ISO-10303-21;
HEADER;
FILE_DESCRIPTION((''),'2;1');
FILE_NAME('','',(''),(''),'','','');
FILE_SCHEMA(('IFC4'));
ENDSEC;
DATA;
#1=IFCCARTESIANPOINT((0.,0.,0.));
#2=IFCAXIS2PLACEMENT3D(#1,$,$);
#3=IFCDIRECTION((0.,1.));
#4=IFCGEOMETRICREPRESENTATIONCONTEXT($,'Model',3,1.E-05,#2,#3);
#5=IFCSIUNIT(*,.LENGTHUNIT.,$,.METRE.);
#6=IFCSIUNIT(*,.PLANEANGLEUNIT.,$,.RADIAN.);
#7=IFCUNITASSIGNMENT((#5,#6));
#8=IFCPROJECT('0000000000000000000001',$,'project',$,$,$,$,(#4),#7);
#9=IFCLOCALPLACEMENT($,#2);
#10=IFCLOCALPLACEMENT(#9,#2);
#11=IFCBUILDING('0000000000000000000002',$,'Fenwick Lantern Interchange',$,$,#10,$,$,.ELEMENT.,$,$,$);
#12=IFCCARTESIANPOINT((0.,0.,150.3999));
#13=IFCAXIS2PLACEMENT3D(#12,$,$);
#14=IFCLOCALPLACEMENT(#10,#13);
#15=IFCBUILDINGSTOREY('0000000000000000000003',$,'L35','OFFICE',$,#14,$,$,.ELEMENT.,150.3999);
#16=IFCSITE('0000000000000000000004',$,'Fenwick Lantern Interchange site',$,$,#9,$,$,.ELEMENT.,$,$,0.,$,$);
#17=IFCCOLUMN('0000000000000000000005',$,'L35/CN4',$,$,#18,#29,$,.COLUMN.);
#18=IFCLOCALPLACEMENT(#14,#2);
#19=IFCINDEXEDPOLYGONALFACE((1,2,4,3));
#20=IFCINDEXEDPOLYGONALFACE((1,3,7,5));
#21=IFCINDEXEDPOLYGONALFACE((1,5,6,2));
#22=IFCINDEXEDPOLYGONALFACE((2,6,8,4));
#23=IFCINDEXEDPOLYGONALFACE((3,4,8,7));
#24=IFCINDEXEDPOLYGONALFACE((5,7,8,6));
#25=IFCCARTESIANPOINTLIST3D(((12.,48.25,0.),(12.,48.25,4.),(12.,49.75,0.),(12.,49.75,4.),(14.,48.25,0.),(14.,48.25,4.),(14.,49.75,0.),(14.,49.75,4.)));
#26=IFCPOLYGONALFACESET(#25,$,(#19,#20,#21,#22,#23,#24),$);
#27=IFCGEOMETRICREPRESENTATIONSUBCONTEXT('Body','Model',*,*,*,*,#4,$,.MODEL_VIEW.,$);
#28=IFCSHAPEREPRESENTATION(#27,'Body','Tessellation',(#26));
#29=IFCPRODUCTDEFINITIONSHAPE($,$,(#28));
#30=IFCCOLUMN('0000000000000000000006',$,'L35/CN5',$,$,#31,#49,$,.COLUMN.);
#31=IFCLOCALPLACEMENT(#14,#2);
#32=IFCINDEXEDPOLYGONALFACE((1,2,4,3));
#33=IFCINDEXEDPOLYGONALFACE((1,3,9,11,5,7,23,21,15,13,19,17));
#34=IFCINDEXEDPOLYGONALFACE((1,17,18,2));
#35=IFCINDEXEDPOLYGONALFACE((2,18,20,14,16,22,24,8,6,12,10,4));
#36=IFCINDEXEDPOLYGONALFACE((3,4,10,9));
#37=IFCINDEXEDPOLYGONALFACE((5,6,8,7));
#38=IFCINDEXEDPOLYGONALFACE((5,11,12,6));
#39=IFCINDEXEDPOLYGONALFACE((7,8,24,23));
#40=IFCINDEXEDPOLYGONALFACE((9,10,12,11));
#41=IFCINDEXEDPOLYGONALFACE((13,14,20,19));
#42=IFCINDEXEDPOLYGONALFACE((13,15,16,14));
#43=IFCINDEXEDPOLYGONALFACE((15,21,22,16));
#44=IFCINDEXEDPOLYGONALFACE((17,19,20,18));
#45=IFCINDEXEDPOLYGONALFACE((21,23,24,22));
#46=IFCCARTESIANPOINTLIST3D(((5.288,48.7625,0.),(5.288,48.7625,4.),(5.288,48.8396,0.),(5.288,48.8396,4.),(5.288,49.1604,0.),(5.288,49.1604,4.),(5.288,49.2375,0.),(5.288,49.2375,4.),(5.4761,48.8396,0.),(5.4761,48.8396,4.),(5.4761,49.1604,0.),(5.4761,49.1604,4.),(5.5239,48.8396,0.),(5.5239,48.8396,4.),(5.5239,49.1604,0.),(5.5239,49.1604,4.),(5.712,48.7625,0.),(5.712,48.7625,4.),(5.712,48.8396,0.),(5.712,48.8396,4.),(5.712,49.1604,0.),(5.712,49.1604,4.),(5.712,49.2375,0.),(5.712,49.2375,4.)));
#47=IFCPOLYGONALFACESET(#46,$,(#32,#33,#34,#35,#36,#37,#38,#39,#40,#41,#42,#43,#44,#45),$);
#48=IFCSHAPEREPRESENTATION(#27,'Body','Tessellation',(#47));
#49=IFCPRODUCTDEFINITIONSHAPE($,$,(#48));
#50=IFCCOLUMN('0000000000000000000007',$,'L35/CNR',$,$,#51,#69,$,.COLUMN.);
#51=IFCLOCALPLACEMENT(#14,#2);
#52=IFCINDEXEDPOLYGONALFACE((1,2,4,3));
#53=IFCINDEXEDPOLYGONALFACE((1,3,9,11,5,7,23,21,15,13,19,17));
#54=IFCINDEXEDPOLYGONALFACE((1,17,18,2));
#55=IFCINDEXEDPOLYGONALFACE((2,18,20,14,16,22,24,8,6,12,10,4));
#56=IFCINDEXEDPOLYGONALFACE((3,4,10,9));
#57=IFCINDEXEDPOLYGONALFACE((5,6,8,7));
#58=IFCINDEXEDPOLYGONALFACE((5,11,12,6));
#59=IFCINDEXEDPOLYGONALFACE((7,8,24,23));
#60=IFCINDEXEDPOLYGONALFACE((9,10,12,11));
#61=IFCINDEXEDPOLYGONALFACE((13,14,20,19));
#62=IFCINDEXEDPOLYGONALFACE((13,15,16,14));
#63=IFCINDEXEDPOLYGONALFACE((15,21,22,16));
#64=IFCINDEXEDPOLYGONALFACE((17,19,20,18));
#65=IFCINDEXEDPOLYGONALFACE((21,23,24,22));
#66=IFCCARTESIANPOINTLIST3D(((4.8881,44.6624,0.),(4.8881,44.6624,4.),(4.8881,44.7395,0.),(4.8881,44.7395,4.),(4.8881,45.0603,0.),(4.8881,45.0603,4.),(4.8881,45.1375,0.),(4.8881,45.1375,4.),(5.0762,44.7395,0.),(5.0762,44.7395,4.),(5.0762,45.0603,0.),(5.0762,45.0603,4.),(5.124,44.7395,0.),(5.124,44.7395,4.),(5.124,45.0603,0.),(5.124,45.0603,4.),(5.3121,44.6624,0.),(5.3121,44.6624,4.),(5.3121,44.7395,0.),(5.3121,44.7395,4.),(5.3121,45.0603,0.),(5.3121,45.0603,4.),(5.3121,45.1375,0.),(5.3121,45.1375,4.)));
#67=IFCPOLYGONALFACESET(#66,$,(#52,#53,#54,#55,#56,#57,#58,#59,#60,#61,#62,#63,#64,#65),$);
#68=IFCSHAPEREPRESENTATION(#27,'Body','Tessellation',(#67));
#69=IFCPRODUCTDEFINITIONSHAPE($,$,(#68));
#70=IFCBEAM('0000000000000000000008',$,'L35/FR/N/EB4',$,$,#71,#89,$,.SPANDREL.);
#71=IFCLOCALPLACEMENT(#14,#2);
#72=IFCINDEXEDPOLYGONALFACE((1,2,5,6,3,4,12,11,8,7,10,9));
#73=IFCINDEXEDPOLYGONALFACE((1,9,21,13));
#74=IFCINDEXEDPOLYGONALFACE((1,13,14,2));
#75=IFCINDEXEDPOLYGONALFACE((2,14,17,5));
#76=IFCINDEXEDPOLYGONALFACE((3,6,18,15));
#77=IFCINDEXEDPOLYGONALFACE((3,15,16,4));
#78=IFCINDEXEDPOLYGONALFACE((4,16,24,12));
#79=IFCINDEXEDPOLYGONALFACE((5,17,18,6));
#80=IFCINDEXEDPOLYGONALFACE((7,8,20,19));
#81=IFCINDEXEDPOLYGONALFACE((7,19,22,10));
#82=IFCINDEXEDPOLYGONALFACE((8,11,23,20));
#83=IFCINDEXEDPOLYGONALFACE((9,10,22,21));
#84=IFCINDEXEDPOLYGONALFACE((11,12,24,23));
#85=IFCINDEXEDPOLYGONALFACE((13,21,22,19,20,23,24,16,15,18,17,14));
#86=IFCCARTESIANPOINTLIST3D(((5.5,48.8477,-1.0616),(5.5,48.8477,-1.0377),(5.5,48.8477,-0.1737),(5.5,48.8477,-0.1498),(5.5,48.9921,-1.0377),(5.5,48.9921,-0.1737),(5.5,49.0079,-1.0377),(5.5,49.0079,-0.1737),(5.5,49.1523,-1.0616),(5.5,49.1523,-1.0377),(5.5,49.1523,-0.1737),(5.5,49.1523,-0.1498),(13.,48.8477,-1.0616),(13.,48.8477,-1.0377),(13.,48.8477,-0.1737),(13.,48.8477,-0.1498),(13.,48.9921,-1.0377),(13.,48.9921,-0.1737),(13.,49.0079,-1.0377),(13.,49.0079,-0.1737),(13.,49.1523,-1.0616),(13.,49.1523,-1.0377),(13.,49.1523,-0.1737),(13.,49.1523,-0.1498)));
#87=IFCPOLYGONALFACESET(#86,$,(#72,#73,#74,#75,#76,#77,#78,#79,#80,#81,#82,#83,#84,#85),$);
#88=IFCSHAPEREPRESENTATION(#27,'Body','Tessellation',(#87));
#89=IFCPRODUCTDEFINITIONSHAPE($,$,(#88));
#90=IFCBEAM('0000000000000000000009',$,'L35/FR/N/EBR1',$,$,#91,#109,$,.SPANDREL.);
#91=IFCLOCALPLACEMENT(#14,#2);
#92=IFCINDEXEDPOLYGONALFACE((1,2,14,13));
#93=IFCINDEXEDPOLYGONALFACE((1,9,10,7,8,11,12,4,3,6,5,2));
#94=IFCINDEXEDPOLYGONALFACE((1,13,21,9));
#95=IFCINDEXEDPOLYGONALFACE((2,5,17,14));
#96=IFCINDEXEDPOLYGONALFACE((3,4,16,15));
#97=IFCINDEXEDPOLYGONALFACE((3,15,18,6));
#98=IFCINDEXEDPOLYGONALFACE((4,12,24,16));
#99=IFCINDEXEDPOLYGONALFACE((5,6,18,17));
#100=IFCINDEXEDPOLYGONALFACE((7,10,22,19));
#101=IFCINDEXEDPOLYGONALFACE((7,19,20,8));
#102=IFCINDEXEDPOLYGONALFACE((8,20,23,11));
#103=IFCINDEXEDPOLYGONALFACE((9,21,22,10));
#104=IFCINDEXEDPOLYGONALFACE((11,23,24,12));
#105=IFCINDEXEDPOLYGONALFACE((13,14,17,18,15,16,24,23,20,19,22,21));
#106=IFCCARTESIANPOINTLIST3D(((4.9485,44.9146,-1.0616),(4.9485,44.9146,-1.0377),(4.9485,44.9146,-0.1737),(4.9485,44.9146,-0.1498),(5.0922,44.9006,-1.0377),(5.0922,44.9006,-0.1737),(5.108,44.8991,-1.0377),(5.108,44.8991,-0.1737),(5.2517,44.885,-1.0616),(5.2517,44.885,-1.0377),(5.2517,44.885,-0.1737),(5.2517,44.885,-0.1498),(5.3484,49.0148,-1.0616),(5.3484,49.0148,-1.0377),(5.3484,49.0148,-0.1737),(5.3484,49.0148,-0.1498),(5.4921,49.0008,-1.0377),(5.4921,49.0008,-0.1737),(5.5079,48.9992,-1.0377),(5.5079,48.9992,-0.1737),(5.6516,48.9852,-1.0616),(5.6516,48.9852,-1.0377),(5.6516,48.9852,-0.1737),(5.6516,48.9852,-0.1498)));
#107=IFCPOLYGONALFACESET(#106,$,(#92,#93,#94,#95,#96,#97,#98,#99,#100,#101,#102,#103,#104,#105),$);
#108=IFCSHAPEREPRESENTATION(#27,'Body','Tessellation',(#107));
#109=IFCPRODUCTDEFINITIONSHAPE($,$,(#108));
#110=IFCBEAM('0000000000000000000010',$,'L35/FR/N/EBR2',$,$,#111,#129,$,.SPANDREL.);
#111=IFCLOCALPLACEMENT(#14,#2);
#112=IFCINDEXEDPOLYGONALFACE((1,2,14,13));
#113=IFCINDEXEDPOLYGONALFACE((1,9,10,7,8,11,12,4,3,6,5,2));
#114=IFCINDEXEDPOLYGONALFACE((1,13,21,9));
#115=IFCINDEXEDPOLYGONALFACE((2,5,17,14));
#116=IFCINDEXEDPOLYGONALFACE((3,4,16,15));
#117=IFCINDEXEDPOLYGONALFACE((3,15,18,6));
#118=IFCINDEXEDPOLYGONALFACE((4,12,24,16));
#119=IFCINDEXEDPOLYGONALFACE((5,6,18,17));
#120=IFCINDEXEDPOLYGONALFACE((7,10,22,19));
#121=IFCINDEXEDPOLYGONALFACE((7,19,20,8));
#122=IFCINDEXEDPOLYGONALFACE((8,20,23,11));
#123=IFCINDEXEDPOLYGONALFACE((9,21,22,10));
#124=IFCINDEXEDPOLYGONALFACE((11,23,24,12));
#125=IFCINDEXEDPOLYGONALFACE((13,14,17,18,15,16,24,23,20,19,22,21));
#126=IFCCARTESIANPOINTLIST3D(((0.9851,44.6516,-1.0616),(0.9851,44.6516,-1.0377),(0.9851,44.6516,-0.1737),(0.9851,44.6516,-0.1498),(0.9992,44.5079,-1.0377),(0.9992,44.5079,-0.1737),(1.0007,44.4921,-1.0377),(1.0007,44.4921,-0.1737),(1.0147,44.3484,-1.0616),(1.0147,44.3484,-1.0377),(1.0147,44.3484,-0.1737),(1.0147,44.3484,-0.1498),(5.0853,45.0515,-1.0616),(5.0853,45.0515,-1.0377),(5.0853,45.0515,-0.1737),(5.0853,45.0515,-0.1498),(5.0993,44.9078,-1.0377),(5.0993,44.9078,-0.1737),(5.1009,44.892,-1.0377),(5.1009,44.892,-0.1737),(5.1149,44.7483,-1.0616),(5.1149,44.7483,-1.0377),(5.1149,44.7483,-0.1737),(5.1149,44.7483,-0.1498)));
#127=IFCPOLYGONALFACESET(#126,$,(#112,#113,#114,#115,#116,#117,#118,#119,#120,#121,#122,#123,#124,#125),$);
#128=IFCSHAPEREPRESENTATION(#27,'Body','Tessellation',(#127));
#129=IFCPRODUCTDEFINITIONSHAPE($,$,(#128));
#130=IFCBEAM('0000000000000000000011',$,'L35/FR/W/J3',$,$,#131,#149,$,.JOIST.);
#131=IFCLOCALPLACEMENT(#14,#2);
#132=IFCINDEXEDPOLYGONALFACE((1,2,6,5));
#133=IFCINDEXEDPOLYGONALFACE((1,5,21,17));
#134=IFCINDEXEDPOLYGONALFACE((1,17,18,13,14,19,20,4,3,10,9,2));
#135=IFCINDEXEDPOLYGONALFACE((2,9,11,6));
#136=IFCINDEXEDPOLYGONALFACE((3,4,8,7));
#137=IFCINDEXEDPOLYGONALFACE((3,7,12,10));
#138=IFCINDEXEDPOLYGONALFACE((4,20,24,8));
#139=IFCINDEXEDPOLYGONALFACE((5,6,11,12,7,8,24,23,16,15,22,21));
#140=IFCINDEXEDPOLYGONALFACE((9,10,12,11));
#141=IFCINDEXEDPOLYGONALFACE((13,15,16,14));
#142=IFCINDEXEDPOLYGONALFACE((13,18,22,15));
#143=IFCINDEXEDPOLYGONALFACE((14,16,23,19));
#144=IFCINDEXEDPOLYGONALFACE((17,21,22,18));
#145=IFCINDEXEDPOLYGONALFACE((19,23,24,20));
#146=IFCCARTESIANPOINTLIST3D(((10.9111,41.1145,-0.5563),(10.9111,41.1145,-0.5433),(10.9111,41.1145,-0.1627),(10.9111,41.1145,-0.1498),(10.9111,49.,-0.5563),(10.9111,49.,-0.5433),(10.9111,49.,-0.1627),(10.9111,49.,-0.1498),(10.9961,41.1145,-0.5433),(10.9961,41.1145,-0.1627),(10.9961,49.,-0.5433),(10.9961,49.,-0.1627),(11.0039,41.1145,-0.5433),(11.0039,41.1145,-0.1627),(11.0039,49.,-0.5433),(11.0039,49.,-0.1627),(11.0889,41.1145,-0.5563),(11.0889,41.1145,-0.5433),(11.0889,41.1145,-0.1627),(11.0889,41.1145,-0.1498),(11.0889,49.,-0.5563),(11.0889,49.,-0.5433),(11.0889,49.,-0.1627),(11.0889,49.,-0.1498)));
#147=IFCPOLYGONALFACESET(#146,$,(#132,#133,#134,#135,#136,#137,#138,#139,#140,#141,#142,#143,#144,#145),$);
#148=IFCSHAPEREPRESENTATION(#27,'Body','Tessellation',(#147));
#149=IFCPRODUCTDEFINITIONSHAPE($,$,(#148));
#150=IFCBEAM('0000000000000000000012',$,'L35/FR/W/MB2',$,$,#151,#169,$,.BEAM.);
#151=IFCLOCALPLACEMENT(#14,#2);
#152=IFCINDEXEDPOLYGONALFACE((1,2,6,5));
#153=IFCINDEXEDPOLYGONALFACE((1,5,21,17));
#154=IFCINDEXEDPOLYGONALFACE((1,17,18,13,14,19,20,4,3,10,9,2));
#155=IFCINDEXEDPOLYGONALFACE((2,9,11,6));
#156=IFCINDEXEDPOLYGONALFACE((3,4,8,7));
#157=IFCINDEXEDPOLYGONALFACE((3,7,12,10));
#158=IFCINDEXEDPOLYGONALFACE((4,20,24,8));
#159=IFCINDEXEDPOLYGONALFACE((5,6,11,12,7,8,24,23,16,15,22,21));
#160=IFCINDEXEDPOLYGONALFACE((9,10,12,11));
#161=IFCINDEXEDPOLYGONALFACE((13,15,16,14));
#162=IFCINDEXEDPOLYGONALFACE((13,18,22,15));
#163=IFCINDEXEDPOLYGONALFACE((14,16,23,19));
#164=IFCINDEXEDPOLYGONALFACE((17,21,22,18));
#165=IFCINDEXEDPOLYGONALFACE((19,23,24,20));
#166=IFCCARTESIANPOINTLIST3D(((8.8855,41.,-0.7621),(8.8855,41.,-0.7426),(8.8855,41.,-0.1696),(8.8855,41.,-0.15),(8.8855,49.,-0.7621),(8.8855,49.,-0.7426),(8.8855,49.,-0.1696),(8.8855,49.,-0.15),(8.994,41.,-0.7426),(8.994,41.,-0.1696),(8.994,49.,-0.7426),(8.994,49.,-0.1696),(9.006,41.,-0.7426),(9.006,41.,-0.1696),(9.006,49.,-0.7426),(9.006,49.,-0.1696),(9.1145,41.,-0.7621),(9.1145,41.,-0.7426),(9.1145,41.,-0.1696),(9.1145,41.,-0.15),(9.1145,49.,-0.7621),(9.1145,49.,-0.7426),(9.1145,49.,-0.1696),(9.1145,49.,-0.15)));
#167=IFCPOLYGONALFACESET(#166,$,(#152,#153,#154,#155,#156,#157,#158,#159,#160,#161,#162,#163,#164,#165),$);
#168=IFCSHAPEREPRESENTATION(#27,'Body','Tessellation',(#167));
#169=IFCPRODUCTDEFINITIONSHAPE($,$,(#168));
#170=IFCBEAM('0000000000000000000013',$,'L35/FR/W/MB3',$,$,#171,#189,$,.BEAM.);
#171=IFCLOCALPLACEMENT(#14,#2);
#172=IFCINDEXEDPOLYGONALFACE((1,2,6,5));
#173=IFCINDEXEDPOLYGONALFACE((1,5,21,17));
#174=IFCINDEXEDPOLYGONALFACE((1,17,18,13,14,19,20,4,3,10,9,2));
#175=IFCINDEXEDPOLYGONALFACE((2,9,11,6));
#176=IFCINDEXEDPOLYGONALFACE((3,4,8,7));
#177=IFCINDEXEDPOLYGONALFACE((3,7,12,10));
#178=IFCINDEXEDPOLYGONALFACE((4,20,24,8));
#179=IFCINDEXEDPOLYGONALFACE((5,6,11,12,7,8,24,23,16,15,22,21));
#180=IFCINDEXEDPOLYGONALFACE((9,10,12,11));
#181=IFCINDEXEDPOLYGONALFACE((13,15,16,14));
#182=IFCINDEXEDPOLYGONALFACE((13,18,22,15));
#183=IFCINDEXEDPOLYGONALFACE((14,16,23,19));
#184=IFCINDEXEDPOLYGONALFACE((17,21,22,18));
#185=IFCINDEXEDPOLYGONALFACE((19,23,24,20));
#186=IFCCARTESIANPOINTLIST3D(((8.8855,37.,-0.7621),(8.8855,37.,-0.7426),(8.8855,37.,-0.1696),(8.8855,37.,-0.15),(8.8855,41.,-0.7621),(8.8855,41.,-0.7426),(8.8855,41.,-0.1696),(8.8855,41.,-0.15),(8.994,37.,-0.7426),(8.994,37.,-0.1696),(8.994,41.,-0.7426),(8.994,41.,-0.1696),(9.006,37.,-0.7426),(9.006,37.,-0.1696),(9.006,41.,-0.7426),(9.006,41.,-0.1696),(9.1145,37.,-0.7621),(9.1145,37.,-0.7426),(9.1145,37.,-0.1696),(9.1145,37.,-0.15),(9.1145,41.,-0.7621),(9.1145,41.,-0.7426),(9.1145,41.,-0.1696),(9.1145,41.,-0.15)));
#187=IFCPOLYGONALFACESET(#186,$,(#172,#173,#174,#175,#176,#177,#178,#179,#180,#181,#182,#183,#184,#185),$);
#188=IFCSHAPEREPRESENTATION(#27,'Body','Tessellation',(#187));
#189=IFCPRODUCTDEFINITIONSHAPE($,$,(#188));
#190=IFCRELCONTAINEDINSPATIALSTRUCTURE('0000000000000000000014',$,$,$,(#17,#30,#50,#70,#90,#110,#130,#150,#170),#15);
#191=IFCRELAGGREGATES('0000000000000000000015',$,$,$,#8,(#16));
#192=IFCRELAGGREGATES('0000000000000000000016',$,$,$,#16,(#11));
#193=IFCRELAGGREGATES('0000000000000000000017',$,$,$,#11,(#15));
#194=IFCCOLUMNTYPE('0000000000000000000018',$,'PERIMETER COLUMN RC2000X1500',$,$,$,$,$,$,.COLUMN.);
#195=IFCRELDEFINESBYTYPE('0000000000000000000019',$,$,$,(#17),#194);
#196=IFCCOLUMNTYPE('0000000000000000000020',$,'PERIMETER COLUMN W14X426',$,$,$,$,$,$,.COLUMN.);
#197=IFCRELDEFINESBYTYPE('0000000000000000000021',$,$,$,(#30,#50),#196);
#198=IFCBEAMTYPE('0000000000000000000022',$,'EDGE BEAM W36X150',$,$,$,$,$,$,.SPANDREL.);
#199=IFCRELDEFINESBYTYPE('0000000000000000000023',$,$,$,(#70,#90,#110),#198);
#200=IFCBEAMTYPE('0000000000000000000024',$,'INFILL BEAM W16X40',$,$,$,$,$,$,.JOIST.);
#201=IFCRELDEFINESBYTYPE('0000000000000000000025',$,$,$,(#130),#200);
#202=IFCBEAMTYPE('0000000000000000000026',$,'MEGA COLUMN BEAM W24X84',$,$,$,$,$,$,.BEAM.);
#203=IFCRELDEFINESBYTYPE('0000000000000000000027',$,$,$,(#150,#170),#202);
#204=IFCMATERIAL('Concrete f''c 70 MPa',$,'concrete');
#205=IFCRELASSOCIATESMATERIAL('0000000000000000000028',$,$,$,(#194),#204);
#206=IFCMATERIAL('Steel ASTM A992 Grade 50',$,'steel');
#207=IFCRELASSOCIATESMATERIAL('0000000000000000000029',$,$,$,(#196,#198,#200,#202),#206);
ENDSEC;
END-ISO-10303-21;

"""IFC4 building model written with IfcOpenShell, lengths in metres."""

from ifc_helpers import new_model, si_unit, direction, frame, origin, origin_2d, place, context, subcontext, project, spatial, rectangle, i_section, extrude, material, material_profile, profile_set, type_object, element, save


model = new_model("IFC4")

# Units and contexts
model_context = context("Model", 3, precision=1e-05, world=origin(), true_north=direction((0.0, 1.0)))
body_context = subcontext(model_context, "Body", "Model", "MODEL_VIEW")
ifc_project = project(units=[si_unit("LENGTHUNIT", "METRE"), si_unit("PLANEANGLEUNIT", "RADIAN")], contexts=[model_context])

# Site, building, storey
site_placement = place(None, origin())
site = spatial("IfcSite", under=ifc_project, at=site_placement, Name="Fenwick Lantern Interchange site", CompositionType="ELEMENT", RefElevation=0.0)
building_placement = place(site_placement, origin())
building = spatial("IfcBuilding", under=site, at=building_placement, Name="Fenwick Lantern Interchange", CompositionType="ELEMENT")
storey_placement = place(building_placement, frame((0.0, 0.0, 150.3999)))
storey = spatial("IfcBuildingStorey", under=building, at=storey_placement, Name="L35", Description="OFFICE", CompositionType="ELEMENT", Elevation=150.3999)

# Columns
ifc_material_1 = material(Name="Concrete f'c 70 MPa", Category="concrete")
ifc_material_profile_1 = material_profile(ifc_material_1, rectangle(XDim=2.0, YDim=1.5, at=origin_2d()), Name="RC2000X1500")
ifc_profile_set_1 = profile_set([ifc_material_profile_1], Name="Concrete f'c 70 MPa")
column_type_1 = type_object("IfcColumnType", Name="PERIMETER COLUMN RC2000X1500", PredefinedType="COLUMN", material=ifc_profile_set_1)
column_placement = place(storey_placement, frame((13.0, 49.0, 0.0), z_axis=(0.0, 0.0, 1.0), x_axis=(1.0, 0.0, 0.0)))
element("IfcColumn", 1, at=column_placement, inside=storey, type_object=column_type_1, Name="L35/CN4", PredefinedType="COLUMN", context=body_context, shape_type="SweptSolid", body=[
    extrude(rectangle(XDim=2.0, YDim=1.5, at=origin_2d()), origin(), (0.0, 0.0, 1.0), 4.0),
])
ifc_material_2 = material(Name="Steel ASTM A992 Grade 50", Category="steel")
ifc_material_profile_2 = material_profile(ifc_material_2, i_section(OverallWidth=0.4241, OverallDepth=0.4751, WebThickness=0.0479, FlangeThickness=0.0771, at=origin_2d()), Name="W14X426")
ifc_profile_set_2 = profile_set([ifc_material_profile_2], Name="Steel ASTM A992 Grade 50")
column_type_2 = type_object("IfcColumnType", Name="PERIMETER COLUMN W14X426", PredefinedType="COLUMN", material=ifc_profile_set_2)
for number, where, z_axis, x_axis, name in (
    (2, (5.5, 49.0, 0.0), (0.0, 0.0, 1.0), (1.0, 0.0, 0.0), "L35/CN5"),
    (3, (5.1001, 44.8999, 0.0), (0.0, 0.0, 1.0), (1.0, 0.0, 0.0), "L35/CNR"),
):
    element("IfcColumn", number, at=place(storey_placement, frame(where, z_axis=z_axis, x_axis=x_axis)), inside=storey, type_object=column_type_2, Name=name, PredefinedType="COLUMN", context=body_context, shape_type="SweptSolid", body=[
        extrude(i_section(OverallWidth=0.4241, OverallDepth=0.4751, WebThickness=0.0479, FlangeThickness=0.0771, at=origin_2d()), origin(), (0.0, 0.0, 1.0), 4.0),
    ])

# Beams
ifc_material_profile_3 = material_profile(ifc_material_2, i_section(OverallWidth=0.3047, OverallDepth=0.9119, WebThickness=0.0159, FlangeThickness=0.0239, at=origin_2d()), Name="W36X150")
ifc_profile_set_3 = profile_set([ifc_material_profile_3], Name="Steel ASTM A992 Grade 50")
beam_type_1 = type_object("IfcBeamType", Name="EDGE BEAM W36X150", PredefinedType="SPANDREL", material=ifc_profile_set_3)
beam_1_placement = place(storey_placement, frame((13.0, 49.0, -0.6057), z_axis=(-1.0, 0.0, 0.0), x_axis=(0.0, -1.0, 0.0)))
element("IfcBeam", 4, at=beam_1_placement, inside=storey, type_object=beam_type_1, Name="L35/FR/N/EB4", PredefinedType="SPANDREL", context=body_context, shape_type="SweptSolid", body=[
    extrude(i_section(OverallWidth=0.3047, OverallDepth=0.9119, WebThickness=0.0159, FlangeThickness=0.0239, at=origin_2d()), origin(), (0.0, 0.0, 1.0), 7.5),
])
for number, where, z_axis, x_axis, name in (
    (5, (5.5, 49.0, -0.6057), (-0.097074, -0.995277, 0.0), (0.995277, -0.097074, 0.0), "L35/FR/N/EBR1"),
    (6, (5.1001, 44.8999, -0.6057), (-0.995277, -0.097074, 0.0), (0.097074, -0.995277, 0.0), "L35/FR/N/EBR2"),
):
    element("IfcBeam", number, at=place(storey_placement, frame(where, z_axis=z_axis, x_axis=x_axis)), inside=storey, type_object=beam_type_1, Name=name, PredefinedType="SPANDREL", context=body_context, shape_type="SweptSolid", body=[
        extrude(i_section(OverallWidth=0.3047, OverallDepth=0.9119, WebThickness=0.0159, FlangeThickness=0.0239, at=origin_2d()), origin(), (0.0, 0.0, 1.0), 4.1196),
    ])
ifc_material_profile_4 = material_profile(ifc_material_2, i_section(OverallWidth=0.1777, OverallDepth=0.4065, WebThickness=0.0078, FlangeThickness=0.0129, at=origin_2d()), Name="W16X40")
ifc_profile_set_4 = profile_set([ifc_material_profile_4], Name="Steel ASTM A992 Grade 50")
beam_type_2 = type_object("IfcBeamType", Name="INFILL BEAM W16X40", PredefinedType="JOIST", material=ifc_profile_set_4)
beam_2_placement = place(storey_placement, frame((11.0, 49.0, -0.353), z_axis=(0.0, -1.0, 0.0), x_axis=(1.0, 0.0, 0.0)))
element("IfcBeam", 7, at=beam_2_placement, inside=storey, type_object=beam_type_2, Name="L35/FR/W/J3", PredefinedType="JOIST", context=body_context, shape_type="SweptSolid", body=[
    extrude(i_section(OverallWidth=0.1777, OverallDepth=0.4065, WebThickness=0.0078, FlangeThickness=0.0129, at=origin_2d()), origin(), (0.0, 0.0, 1.0), 7.8855),
])
ifc_material_profile_5 = material_profile(ifc_material_2, i_section(OverallWidth=0.229, OverallDepth=0.6121, WebThickness=0.012, FlangeThickness=0.0195, at=origin_2d()), Name="W24X84")
ifc_profile_set_5 = profile_set([ifc_material_profile_5], Name="Steel ASTM A992 Grade 50")
beam_type_3 = type_object("IfcBeamType", Name="MEGA COLUMN BEAM W24X84", PredefinedType="BEAM", material=ifc_profile_set_5)
beam_3_placement = place(storey_placement, frame((9.0, 41.0, -0.4561), z_axis=(0.0, 1.0, 0.0), x_axis=(-1.0, 0.0, 0.0)))
element("IfcBeam", 8, at=beam_3_placement, inside=storey, type_object=beam_type_3, Name="L35/FR/W/MB2", PredefinedType="BEAM", context=body_context, shape_type="SweptSolid", body=[
    extrude(i_section(OverallWidth=0.229, OverallDepth=0.6121, WebThickness=0.012, FlangeThickness=0.0195, at=origin_2d()), origin(), (0.0, 0.0, 1.0), 8.0),
])
for number, where, z_axis, x_axis, name in (
    (9, (9.0, 41.0, -0.4561), (0.0, -1.0, 0.0), (1.0, 0.0, 0.0), "L35/FR/W/MB3"),
):
    element("IfcBeam", number, at=place(storey_placement, frame(where, z_axis=z_axis, x_axis=x_axis)), inside=storey, type_object=beam_type_3, Name=name, PredefinedType="BEAM", context=body_context, shape_type="SweptSolid", body=[
        extrude(i_section(OverallWidth=0.229, OverallDepth=0.6121, WebThickness=0.012, FlangeThickness=0.0195, at=origin_2d()), origin(), (0.0, 0.0, 1.0), 4.0),
    ])

save(model, "model.ifc")
